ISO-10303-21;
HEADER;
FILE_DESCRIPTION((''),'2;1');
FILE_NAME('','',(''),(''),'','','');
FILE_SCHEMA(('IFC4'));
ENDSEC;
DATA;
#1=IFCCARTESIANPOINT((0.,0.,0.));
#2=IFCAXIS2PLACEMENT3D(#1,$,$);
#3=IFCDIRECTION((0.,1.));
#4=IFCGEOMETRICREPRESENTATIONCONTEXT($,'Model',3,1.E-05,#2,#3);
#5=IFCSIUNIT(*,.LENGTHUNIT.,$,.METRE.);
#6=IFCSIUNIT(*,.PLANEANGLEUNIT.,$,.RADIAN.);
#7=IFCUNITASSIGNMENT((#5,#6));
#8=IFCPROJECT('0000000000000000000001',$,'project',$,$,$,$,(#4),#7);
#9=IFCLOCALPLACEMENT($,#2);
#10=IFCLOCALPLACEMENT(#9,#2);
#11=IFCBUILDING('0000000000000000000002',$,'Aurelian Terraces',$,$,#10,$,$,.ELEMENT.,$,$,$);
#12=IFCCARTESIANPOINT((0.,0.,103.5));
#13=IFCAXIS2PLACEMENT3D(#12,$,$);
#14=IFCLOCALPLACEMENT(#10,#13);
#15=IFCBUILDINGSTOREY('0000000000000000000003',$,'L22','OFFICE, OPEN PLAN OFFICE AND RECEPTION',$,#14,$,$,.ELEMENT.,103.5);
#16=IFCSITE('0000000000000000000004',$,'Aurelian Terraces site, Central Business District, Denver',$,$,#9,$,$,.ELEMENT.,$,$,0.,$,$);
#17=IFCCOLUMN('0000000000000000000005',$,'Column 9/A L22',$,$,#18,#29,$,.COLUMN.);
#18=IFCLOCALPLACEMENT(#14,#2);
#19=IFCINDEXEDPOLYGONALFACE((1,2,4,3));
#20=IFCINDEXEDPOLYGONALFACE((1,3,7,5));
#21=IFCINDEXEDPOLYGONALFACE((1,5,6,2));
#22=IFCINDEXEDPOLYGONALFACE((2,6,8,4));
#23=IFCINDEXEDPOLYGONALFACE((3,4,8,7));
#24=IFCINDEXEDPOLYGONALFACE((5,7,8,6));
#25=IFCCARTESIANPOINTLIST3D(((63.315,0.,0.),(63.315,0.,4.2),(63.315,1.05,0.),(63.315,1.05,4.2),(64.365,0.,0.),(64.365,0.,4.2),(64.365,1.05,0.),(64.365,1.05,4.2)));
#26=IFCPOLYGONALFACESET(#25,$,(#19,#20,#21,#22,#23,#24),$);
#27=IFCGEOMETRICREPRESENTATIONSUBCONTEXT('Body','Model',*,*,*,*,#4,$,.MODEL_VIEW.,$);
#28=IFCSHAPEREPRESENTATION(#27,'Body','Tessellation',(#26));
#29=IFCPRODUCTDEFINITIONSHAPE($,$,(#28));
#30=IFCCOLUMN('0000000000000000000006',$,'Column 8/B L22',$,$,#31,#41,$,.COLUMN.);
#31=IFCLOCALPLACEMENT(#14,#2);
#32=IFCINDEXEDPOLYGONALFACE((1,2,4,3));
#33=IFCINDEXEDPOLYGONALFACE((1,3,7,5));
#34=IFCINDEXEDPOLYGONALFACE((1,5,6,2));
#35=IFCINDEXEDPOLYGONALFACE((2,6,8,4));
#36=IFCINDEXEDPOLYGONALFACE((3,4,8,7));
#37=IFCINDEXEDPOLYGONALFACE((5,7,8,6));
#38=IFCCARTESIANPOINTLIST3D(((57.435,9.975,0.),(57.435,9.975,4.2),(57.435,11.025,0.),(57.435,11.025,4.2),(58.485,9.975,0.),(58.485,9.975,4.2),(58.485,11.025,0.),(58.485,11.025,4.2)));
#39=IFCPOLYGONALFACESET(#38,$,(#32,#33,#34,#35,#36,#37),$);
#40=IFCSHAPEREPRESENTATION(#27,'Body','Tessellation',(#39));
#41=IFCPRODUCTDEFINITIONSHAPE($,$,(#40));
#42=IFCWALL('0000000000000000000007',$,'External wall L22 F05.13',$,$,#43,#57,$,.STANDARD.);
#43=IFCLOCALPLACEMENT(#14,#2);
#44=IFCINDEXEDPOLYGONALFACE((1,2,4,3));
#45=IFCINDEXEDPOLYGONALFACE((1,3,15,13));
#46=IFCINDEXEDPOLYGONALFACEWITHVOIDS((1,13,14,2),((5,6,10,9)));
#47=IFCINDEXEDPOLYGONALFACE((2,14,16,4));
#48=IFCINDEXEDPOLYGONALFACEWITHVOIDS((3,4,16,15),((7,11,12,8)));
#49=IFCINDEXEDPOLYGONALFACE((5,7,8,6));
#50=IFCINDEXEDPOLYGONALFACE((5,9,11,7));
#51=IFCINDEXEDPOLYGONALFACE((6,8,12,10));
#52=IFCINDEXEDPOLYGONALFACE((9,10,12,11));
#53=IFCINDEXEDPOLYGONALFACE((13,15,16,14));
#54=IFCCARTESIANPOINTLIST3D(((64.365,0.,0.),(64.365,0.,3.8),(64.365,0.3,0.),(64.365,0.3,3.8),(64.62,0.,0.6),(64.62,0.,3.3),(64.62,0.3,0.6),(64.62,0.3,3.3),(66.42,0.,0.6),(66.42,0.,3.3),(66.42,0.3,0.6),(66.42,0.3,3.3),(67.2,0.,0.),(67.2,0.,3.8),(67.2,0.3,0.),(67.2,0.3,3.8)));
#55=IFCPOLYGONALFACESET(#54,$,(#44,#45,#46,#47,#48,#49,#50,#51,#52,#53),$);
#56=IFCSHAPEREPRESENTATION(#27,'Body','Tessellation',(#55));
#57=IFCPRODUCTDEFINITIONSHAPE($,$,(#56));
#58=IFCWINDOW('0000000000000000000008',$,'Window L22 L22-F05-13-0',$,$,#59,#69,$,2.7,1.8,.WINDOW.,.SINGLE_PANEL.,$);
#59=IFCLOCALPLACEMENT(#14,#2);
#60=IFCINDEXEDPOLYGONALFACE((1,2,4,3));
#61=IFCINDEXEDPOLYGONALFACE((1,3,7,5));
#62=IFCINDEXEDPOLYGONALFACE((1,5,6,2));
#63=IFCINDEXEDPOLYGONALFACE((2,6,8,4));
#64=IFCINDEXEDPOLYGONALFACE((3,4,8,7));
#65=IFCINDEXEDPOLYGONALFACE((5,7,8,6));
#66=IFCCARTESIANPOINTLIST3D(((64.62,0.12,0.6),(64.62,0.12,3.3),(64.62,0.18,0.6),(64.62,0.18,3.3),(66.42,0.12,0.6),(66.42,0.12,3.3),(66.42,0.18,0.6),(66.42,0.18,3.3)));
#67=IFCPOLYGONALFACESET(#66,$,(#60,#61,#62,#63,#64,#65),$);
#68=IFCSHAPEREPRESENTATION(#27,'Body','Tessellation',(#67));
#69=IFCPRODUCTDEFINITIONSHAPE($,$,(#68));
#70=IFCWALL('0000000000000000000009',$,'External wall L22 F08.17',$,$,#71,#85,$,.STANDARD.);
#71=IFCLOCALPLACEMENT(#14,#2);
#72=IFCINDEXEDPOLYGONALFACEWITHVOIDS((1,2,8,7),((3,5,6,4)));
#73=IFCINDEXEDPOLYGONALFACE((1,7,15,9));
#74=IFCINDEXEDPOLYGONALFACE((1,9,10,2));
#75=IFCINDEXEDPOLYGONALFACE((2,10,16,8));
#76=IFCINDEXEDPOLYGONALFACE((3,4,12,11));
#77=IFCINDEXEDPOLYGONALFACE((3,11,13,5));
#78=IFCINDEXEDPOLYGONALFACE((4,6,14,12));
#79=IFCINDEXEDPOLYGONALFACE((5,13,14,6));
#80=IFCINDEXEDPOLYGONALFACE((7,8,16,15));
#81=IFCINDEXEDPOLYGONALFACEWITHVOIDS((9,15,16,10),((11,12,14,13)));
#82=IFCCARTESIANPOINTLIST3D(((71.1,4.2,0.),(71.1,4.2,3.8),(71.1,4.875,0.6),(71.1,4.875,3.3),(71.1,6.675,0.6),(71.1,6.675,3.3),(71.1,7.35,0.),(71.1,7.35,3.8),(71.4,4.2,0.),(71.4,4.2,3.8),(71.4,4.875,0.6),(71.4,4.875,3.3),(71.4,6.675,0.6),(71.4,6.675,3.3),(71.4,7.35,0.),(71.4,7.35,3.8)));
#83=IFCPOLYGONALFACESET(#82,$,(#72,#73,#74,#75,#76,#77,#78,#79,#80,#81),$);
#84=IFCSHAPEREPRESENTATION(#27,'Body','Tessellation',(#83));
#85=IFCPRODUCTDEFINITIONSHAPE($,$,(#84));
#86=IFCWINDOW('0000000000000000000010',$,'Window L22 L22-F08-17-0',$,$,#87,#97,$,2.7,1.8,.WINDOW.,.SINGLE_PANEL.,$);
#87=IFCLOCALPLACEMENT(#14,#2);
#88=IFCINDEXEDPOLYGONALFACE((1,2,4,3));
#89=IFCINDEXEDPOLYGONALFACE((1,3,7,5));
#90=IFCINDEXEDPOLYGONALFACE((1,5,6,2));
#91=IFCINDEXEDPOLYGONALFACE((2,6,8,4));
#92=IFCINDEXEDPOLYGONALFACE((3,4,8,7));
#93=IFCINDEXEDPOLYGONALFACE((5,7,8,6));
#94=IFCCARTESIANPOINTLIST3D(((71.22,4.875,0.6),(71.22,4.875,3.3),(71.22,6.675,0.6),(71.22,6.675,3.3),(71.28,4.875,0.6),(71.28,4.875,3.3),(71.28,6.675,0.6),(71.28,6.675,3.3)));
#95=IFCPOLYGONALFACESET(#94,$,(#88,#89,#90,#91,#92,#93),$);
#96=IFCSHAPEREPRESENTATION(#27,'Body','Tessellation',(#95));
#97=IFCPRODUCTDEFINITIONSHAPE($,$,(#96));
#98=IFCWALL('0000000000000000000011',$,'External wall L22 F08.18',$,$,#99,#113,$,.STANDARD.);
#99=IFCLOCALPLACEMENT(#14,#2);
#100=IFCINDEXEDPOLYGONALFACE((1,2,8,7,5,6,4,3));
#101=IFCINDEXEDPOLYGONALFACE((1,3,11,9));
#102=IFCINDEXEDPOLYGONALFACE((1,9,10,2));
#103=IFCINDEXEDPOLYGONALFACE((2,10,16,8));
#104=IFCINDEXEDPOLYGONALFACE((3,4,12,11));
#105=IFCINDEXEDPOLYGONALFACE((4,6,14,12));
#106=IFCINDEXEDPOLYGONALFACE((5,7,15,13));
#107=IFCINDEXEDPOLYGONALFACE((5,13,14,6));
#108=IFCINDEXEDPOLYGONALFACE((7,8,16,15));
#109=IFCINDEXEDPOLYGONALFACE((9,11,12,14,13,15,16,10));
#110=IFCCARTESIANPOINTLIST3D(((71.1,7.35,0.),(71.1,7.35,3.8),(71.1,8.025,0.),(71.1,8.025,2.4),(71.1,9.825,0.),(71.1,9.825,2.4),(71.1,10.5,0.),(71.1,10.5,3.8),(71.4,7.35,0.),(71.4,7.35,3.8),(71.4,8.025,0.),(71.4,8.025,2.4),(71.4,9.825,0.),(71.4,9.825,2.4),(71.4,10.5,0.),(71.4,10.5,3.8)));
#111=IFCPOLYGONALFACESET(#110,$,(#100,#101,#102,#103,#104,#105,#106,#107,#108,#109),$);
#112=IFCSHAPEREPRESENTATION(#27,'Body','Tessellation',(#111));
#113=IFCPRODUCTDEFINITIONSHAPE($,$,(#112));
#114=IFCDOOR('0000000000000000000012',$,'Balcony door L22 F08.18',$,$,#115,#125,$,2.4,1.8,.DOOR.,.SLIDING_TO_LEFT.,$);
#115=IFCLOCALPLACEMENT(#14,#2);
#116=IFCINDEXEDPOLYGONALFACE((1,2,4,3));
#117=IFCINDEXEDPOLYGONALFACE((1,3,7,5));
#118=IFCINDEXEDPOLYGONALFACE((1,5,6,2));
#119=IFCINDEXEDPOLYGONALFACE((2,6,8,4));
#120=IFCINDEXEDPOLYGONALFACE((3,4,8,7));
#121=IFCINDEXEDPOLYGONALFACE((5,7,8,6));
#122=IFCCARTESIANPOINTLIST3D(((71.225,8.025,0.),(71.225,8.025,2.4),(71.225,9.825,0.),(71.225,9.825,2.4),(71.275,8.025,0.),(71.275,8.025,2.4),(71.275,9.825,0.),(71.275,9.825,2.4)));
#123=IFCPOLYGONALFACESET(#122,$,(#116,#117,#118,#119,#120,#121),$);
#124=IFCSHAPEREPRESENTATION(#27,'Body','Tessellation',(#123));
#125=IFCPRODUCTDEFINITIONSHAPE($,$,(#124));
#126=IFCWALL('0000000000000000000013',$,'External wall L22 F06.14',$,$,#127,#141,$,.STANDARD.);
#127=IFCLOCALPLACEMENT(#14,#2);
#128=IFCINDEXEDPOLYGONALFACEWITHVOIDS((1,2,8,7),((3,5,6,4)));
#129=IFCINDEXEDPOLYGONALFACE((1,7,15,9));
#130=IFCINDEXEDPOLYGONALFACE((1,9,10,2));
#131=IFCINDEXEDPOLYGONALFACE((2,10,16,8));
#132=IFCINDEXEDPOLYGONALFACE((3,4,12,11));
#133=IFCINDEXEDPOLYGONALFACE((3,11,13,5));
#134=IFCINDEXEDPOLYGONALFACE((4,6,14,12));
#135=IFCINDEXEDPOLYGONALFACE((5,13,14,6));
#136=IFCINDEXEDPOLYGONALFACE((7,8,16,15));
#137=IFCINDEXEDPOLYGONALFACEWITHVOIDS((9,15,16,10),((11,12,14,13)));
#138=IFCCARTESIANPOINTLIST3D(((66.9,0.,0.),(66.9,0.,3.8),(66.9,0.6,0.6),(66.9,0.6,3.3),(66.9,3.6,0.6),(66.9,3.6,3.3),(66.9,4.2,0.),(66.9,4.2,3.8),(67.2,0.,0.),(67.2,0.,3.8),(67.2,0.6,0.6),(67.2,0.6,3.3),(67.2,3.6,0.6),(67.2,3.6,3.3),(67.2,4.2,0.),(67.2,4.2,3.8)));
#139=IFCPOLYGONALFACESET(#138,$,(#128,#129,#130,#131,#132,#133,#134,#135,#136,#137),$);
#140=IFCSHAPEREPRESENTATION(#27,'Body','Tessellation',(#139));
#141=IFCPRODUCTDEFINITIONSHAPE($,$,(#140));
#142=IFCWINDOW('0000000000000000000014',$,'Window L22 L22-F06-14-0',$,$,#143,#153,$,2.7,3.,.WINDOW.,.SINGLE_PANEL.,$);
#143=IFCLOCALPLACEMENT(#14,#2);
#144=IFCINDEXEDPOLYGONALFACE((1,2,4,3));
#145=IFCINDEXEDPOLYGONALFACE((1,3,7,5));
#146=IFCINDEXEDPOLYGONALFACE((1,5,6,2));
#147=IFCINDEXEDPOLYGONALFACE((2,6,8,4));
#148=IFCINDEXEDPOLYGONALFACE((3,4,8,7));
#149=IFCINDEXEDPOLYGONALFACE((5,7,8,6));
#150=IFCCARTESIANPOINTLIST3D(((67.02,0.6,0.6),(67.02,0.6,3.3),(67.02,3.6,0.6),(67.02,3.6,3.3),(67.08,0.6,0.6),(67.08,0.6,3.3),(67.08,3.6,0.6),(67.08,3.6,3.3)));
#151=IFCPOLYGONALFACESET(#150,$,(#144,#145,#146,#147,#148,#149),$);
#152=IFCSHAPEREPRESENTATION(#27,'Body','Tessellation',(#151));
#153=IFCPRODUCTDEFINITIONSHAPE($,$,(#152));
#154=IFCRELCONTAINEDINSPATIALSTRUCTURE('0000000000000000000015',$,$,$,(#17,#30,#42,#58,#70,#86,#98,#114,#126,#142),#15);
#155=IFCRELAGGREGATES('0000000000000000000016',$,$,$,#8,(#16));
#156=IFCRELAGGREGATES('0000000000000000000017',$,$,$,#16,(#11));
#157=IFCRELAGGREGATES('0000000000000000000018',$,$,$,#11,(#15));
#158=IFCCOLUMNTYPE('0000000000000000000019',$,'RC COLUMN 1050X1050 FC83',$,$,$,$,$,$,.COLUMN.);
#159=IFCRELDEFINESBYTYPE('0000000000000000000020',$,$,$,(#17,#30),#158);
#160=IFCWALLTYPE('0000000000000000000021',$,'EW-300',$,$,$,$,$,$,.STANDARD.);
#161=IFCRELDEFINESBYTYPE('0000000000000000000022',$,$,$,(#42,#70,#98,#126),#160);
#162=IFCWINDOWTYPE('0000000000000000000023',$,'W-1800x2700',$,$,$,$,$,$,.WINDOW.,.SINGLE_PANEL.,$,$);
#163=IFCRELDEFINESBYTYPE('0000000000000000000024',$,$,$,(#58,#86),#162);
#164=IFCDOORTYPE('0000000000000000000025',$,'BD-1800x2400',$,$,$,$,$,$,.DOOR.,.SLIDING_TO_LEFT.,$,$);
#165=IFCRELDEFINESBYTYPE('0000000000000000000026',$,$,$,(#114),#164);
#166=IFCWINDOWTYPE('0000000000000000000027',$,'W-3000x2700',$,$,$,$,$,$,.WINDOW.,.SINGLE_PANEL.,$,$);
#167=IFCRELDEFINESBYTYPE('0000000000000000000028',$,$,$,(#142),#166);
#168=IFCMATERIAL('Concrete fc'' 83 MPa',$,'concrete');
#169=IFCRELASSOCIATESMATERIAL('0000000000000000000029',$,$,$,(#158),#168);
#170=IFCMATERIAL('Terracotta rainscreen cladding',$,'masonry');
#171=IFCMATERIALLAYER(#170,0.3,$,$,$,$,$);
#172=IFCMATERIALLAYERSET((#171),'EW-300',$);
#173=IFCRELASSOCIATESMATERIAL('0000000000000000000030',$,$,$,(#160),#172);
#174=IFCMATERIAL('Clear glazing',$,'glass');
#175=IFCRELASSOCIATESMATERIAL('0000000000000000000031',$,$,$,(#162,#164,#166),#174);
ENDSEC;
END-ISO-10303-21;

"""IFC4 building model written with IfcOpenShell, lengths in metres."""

from ifc_helpers import new_model, si_unit, direction, frame, frame_2d, origin, origin_2d, place, context, subcontext, project, spatial, rectangle, extrude, source, transform, mapped, material, layer, layer_set, material_profile, profile_set, type_object, element, fill, save


model = new_model("IFC4")

# Units and contexts
model_context = context("Model", 3, precision=1e-05, world=origin(), true_north=direction((0.0, 1.0)))
body_context = subcontext(model_context, "Body", "Model", "MODEL_VIEW")
ifc_project = project(units=[si_unit("LENGTHUNIT", "METRE"), si_unit("PLANEANGLEUNIT", "RADIAN")], contexts=[model_context])

# Site, building, storey
site_placement = place(None, origin())
site = spatial("IfcSite", under=ifc_project, at=site_placement, Name="Aurelian Terraces site, Central Business District, Denver", CompositionType="ELEMENT", RefElevation=0.0)
building_placement = place(site_placement, origin())
building = spatial("IfcBuilding", under=site, at=building_placement, Name="Aurelian Terraces", CompositionType="ELEMENT")
storey_placement = place(building_placement, frame((0.0, 0.0, 103.5)))
storey = spatial("IfcBuildingStorey", under=building, at=storey_placement, Name="L22", Description="OFFICE, OPEN PLAN OFFICE AND RECEPTION", CompositionType="ELEMENT", Elevation=103.5)

# Columns
ifc_material_1 = material(Name="Concrete fc' 83 MPa", Category="concrete")
ifc_material_profile = material_profile(ifc_material_1, rectangle(XDim=1.05, YDim=1.05, at=origin_2d()))
ifc_profile_set = profile_set([ifc_material_profile], Name="Concrete fc' 83 MPa")
column_type = type_object("IfcColumnType", Name="RC COLUMN 1050X1050 FC83", PredefinedType="COLUMN", material=ifc_profile_set)
shared_shape_1 = source(origin(), body_context, "Body", "SweptSolid", [
    extrude(rectangle(XDim=1.05, YDim=1.05, at=origin_2d()), origin(), (0.0, 0.0, 1.0), 4.2),
])
for number, where, z_axis, x_axis, name in (
    (1, (63.84, 0.525, 0.0), (0.0, 0.0, 1.0), (1.0, 0.0, 0.0), "Column 9/A L22"),
    (2, (57.96, 10.5, 0.0), (0.0, 0.0, 1.0), (1.0, 0.0, 0.0), "Column 8/B L22"),
):
    element("IfcColumn", number, at=place(storey_placement, frame(where, z_axis=z_axis, x_axis=x_axis)), inside=storey, type_object=column_type, Name=name, PredefinedType="COLUMN", context=body_context, shape_type="MappedRepresentation", body=[
        mapped(shared_shape_1, transform((0.0, 0.0, 0.0), scale=1.0)),
    ])

# Walls, openings, windows
ifc_material_2 = material(Name="Terracotta rainscreen cladding", Category="masonry")
ifc_layer_1 = layer(ifc_material_2, 0.3)
ifc_layer_set_1 = layer_set([ifc_layer_1], Name="EW-300")
wall_type_1 = type_object("IfcWallType", Name="EW-300", PredefinedType="STANDARD", material=ifc_layer_set_1)
wall_1_placement = place(storey_placement, frame((64.365, 0.15, 0.0), z_axis=(0.0, 0.0, 1.0), x_axis=(1.0, 0.0, 0.0)))
wall_1 = element("IfcWall", 3, at=wall_1_placement, inside=storey, type_object=wall_type_1, Name="External wall L22 F05.13", PredefinedType="STANDARD", context=body_context, shape_type="SweptSolid", body=[
    extrude(rectangle(XDim=2.835, YDim=0.3, at=frame_2d((1.4175, 0.0))), origin(), (0.0, 0.0, 1.0), 3.8),
])
shared_shape_2 = source(origin(), body_context, "Body", "SweptSolid", [
    extrude(rectangle(XDim=1.8, YDim=2.7, at=frame_2d((0.9, 1.35))), frame((0.0, 0.16, 0.0), z_axis=(0.0, -1.0, 0.0), x_axis=(1.0, 0.0, 0.0)), (0.0, 0.0, 1.0), 0.32),
])
opening_1_placement = place(wall_1_placement, frame((0.255, 0.0, 0.6)))
opening_1 = element("IfcOpeningElement", 4, at=opening_1_placement, cuts=wall_1, PredefinedType="OPENING", context=body_context, shape_type="MappedRepresentation", body=[
    mapped(shared_shape_2, transform((0.0, 0.0, 0.0), scale=1.0)),
])
ifc_material_3 = material(Name="Clear glazing", Category="glass")
window_type_1 = type_object("IfcWindowType", Name="W-1800x2700", PartitioningType="SINGLE_PANEL", PredefinedType="WINDOW", material=ifc_material_3)
shared_shape_3 = source(origin(), body_context, "Body", "SweptSolid", [
    extrude(rectangle(XDim=1.8, YDim=2.7, at=frame_2d((0.9, 1.35))), frame((0.0, 0.03, 0.0), z_axis=(0.0, -1.0, 0.0), x_axis=(1.0, 0.0, 0.0)), (0.0, 0.0, 1.0), 0.06),
])
window_1_placement = place(opening_1_placement, origin())
window_1 = element("IfcWindow", 5, at=window_1_placement, inside=storey, type_object=window_type_1, Name="Window L22 L22-F05-13-0", OverallHeight=2.7, OverallWidth=1.8, PartitioningType="SINGLE_PANEL", PredefinedType="WINDOW", context=body_context, shape_type="MappedRepresentation", body=[
    mapped(shared_shape_3, transform((0.0, 0.0, 0.0), scale=1.0)),
])
fill(opening_1, window_1)
shared_shape_4 = source(origin(), body_context, "Body", "SweptSolid", [
    extrude(rectangle(XDim=3.15, YDim=0.3, at=frame_2d((1.575, 0.0))), origin(), (0.0, 0.0, 1.0), 3.8),
])
wall_2_placement = place(storey_placement, frame((71.25, 4.2, 0.0), z_axis=(0.0, 0.0, 1.0), x_axis=(0.0, 1.0, 0.0)))
wall_2 = element("IfcWall", 6, at=wall_2_placement, inside=storey, type_object=wall_type_1, Name="External wall L22 F08.17", PredefinedType="STANDARD", context=body_context, shape_type="MappedRepresentation", body=[
    mapped(shared_shape_4, transform((0.0, 0.0, 0.0), scale=1.0)),
])
opening_2_placement = place(wall_2_placement, frame((0.675, 0.0, 0.6)))
opening_2 = element("IfcOpeningElement", 7, at=opening_2_placement, cuts=wall_2, PredefinedType="OPENING", context=body_context, shape_type="MappedRepresentation", body=[
    mapped(shared_shape_2, transform((0.0, 0.0, 0.0), scale=1.0)),
])
window_2_placement = place(opening_2_placement, origin())
window_2 = element("IfcWindow", 8, at=window_2_placement, inside=storey, type_object=window_type_1, Name="Window L22 L22-F08-17-0", OverallHeight=2.7, OverallWidth=1.8, PartitioningType="SINGLE_PANEL", PredefinedType="WINDOW", context=body_context, shape_type="MappedRepresentation", body=[
    mapped(shared_shape_3, transform((0.0, 0.0, 0.0), scale=1.0)),
])
fill(opening_2, window_2)

# Wall, opening, door
wall_3_placement = place(storey_placement, frame((71.25, 7.35, 0.0), z_axis=(0.0, 0.0, 1.0), x_axis=(0.0, 1.0, 0.0)))
wall_3 = element("IfcWall", 9, at=wall_3_placement, inside=storey, type_object=wall_type_1, Name="External wall L22 F08.18", PredefinedType="STANDARD", context=body_context, shape_type="MappedRepresentation", body=[
    mapped(shared_shape_4, transform((0.0, 0.0, 0.0), scale=1.0)),
])
shared_shape_5 = source(origin(), body_context, "Body", "SweptSolid", [
    extrude(rectangle(XDim=1.8, YDim=2.4, at=frame_2d((0.9, 1.2))), frame((0.0, 0.16, 0.0), z_axis=(0.0, -1.0, 0.0), x_axis=(1.0, 0.0, 0.0)), (0.0, 0.0, 1.0), 0.32),
])
opening_3_placement = place(wall_3_placement, frame((0.675, 0.0, 0.0)))
opening_3 = element("IfcOpeningElement", 10, at=opening_3_placement, cuts=wall_3, PredefinedType="OPENING", context=body_context, shape_type="MappedRepresentation", body=[
    mapped(shared_shape_5, transform((0.0, 0.0, 0.0), scale=1.0)),
])
door_type = type_object("IfcDoorType", Name="BD-1800x2400", OperationType="SLIDING_TO_LEFT", PredefinedType="DOOR", material=ifc_material_3)
shared_shape_6 = source(origin(), body_context, "Body", "SweptSolid", [
    extrude(rectangle(XDim=1.8, YDim=2.4, at=frame_2d((0.9, 1.2))), frame((0.0, 0.025, 0.0), z_axis=(0.0, -1.0, 0.0), x_axis=(1.0, 0.0, 0.0)), (0.0, 0.0, 1.0), 0.05),
])
door_placement = place(opening_3_placement, origin())
door = element("IfcDoor", 11, at=door_placement, inside=storey, type_object=door_type, Name="Balcony door L22 F08.18", OperationType="SLIDING_TO_LEFT", OverallHeight=2.4, OverallWidth=1.8, PredefinedType="DOOR", context=body_context, shape_type="MappedRepresentation", body=[
    mapped(shared_shape_6, transform((0.0, 0.0, 0.0), scale=1.0)),
])
fill(opening_3, door)

# Wall, opening, window
shared_shape_7 = source(origin(), body_context, "Body", "SweptSolid", [
    extrude(rectangle(XDim=4.2, YDim=0.3, at=frame_2d((2.1, 0.0))), origin(), (0.0, 0.0, 1.0), 3.8),
])
wall_4_placement = place(storey_placement, frame((67.05, 0.0, 0.0), z_axis=(0.0, 0.0, 1.0), x_axis=(0.0, 1.0, 0.0)))
wall_4 = element("IfcWall", 12, at=wall_4_placement, inside=storey, type_object=wall_type_1, Name="External wall L22 F06.14", PredefinedType="STANDARD", context=body_context, shape_type="MappedRepresentation", body=[
    mapped(shared_shape_7, transform((0.0, 0.0, 0.0), scale=1.0)),
])
shared_shape_8 = source(origin(), body_context, "Body", "SweptSolid", [
    extrude(rectangle(XDim=3.0, YDim=2.7, at=frame_2d((1.5, 1.35))), frame((0.0, 0.16, 0.0), z_axis=(0.0, -1.0, 0.0), x_axis=(1.0, 0.0, 0.0)), (0.0, 0.0, 1.0), 0.32),
])
opening_4_placement = place(wall_4_placement, frame((0.6, 0.0, 0.6)))
opening_4 = element("IfcOpeningElement", 13, at=opening_4_placement, cuts=wall_4, PredefinedType="OPENING", context=body_context, shape_type="MappedRepresentation", body=[
    mapped(shared_shape_8, transform((0.0, 0.0, 0.0), scale=1.0)),
])
window_type_2 = type_object("IfcWindowType", Name="W-3000x2700", PartitioningType="SINGLE_PANEL", PredefinedType="WINDOW", material=ifc_material_3)
shared_shape_9 = source(origin(), body_context, "Body", "SweptSolid", [
    extrude(rectangle(XDim=3.0, YDim=2.7, at=frame_2d((1.5, 1.35))), frame((0.0, 0.03, 0.0), z_axis=(0.0, -1.0, 0.0), x_axis=(1.0, 0.0, 0.0)), (0.0, 0.0, 1.0), 0.06),
])
window_3_placement = place(opening_4_placement, origin())
window_3 = element("IfcWindow", 14, at=window_3_placement, inside=storey, type_object=window_type_2, Name="Window L22 L22-F06-14-0", OverallHeight=2.7, OverallWidth=3.0, PartitioningType="SINGLE_PANEL", PredefinedType="WINDOW", context=body_context, shape_type="MappedRepresentation", body=[
    mapped(shared_shape_9, transform((0.0, 0.0, 0.0), scale=1.0)),
])
fill(opening_4, window_3)

save(model, "model.ifc")
